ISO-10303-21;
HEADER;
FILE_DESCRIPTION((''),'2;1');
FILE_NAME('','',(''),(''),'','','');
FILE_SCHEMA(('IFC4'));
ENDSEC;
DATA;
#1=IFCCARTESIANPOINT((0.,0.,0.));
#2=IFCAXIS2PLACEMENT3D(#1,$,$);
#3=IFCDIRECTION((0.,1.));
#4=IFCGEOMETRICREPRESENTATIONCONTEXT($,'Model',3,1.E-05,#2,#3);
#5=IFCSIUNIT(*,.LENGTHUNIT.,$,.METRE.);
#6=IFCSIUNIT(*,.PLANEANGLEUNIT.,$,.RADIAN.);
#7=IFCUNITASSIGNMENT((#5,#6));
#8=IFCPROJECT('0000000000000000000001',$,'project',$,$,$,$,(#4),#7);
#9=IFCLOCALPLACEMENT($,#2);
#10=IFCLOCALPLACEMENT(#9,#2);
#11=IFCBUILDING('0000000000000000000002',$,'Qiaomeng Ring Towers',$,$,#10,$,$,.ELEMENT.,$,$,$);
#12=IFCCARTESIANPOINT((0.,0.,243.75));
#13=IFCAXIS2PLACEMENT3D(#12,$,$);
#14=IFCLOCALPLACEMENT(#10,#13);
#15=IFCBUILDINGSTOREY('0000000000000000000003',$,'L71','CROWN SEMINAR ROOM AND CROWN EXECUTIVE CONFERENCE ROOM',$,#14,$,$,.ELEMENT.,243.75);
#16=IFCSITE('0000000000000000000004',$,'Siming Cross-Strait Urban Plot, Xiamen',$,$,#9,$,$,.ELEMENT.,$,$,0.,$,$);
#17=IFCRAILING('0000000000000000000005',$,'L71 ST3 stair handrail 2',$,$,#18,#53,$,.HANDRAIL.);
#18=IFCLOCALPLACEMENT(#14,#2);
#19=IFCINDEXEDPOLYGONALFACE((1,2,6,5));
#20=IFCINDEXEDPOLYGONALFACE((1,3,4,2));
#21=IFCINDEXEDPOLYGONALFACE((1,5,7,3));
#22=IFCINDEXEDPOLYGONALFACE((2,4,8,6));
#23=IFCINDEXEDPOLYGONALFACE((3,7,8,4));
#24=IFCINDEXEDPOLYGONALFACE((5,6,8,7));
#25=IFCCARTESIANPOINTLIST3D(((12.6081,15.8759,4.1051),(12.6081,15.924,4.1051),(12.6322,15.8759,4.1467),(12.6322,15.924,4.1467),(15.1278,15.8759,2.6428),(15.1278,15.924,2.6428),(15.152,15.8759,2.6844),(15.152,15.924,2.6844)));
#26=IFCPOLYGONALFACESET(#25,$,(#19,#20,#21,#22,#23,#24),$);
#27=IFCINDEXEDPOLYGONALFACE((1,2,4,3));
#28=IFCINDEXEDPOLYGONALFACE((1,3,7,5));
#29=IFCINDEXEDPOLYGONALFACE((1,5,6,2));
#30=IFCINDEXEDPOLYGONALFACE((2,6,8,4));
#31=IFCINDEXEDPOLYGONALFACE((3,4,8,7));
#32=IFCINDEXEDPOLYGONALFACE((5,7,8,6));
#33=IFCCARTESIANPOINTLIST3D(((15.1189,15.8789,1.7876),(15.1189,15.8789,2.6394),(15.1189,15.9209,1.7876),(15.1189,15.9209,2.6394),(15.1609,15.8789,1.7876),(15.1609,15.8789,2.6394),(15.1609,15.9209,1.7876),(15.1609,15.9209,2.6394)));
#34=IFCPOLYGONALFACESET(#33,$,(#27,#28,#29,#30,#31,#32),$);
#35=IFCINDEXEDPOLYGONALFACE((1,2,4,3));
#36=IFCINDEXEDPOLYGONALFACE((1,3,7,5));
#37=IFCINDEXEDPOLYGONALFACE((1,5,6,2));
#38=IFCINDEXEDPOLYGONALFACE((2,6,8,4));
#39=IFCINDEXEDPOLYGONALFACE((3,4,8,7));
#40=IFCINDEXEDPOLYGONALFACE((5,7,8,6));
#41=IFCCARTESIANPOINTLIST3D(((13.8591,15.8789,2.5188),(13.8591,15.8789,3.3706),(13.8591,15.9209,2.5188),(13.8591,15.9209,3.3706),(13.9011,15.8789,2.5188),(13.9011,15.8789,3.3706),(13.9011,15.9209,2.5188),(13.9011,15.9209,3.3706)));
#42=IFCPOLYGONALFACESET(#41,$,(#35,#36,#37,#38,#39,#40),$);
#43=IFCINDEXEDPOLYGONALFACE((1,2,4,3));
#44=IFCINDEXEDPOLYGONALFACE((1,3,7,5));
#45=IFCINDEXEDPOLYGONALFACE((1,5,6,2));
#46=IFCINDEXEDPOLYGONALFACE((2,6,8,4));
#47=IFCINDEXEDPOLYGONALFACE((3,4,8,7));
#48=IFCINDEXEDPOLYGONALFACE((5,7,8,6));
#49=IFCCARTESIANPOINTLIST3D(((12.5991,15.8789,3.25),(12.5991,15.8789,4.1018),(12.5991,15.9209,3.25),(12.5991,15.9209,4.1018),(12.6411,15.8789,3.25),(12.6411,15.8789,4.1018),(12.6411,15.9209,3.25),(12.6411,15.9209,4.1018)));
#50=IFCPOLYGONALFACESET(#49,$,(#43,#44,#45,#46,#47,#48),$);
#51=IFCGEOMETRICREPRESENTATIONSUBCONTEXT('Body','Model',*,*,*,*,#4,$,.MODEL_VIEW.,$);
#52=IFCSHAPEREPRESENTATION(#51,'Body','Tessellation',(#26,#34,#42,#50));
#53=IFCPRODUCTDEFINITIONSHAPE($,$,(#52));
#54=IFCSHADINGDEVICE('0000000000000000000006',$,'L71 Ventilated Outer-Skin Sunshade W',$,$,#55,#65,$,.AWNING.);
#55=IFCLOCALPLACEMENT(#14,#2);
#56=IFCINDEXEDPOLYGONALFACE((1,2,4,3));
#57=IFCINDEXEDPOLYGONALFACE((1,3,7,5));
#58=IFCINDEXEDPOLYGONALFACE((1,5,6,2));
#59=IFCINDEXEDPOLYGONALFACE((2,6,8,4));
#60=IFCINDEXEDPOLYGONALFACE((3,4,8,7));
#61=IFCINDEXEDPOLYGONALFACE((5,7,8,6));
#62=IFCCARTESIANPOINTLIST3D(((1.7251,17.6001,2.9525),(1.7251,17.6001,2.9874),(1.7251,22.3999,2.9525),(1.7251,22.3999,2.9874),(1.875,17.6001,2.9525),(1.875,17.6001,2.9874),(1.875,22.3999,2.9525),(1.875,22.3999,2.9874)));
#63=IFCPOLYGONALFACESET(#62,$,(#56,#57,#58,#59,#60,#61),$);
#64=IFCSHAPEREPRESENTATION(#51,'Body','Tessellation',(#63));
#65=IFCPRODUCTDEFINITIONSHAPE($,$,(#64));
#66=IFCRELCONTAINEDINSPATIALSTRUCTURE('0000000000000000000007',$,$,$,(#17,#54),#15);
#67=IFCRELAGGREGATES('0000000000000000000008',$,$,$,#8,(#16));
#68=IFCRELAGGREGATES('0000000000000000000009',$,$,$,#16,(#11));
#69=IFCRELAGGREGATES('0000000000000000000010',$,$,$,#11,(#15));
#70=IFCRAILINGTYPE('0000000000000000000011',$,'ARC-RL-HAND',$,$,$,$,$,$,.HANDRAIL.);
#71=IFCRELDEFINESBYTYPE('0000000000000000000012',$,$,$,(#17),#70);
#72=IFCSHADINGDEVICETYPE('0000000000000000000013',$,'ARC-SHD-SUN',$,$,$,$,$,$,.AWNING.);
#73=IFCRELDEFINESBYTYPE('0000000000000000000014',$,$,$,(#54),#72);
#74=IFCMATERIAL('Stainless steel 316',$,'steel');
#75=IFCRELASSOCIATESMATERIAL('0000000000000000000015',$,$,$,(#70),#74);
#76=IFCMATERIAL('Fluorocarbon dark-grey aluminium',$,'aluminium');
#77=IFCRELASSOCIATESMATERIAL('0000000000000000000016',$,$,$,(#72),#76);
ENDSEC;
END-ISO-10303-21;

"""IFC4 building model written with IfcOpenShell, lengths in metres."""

from ifc_helpers import new_model, si_unit, direction, frame, origin, origin_2d, place, context, subcontext, project, spatial, rectangle, extrude, source, transform, mapped, material, material_profile, profile_set, type_object, element, save


model = new_model("IFC4")

# Units and contexts
model_context = context("Model", 3, precision=1e-05, world=origin(), true_north=direction((0.0, 1.0)))
body_context = subcontext(model_context, "Body", "Model", "MODEL_VIEW")
ifc_project = project(units=[si_unit("LENGTHUNIT", "METRE"), si_unit("PLANEANGLEUNIT", "RADIAN")], contexts=[model_context])

# Site, building, storey
site_placement = place(None, origin())
site = spatial("IfcSite", under=ifc_project, at=site_placement, Name="Siming Cross-Strait Urban Plot, Xiamen", CompositionType="ELEMENT", RefElevation=0.0)
building_placement = place(site_placement, origin())
building = spatial("IfcBuilding", under=site, at=building_placement, Name="Qiaomeng Ring Towers", CompositionType="ELEMENT")
storey_placement = place(building_placement, frame((0.0, 0.0, 243.75)))
storey = spatial("IfcBuildingStorey", under=building, at=storey_placement, Name="L71", Description="CROWN SEMINAR ROOM AND CROWN EXECUTIVE CONFERENCE ROOM", CompositionType="ELEMENT", Elevation=243.75)

# Shared definitions
ifc_material_1 = material(Name="Fluorocarbon dark-grey aluminium", Category="aluminium")

# Railing
ifc_material_2 = material(Name="Stainless steel 316", Category="steel")
railing_type_1 = type_object("IfcRailingType", Name="ARC-RL-HAND", PredefinedType="HANDRAIL", material=ifc_material_2)
railing_1_placement = place(storey_placement, frame((15.1399, 15.8999, 1.7876)))
element("IfcRailing", 1, at=railing_1_placement, inside=storey, type_object=railing_type_1, Name="L71 ST3 stair handrail 2", PredefinedType="HANDRAIL", context=body_context, shape_type="SweptSolid", body=[
    extrude(rectangle(XDim=0.0481, YDim=0.0481, at=origin_2d()), frame((0.0, 0.0, 0.876), z_axis=(-0.864892, 0.0, 0.501958), x_axis=(0.0, -1.0, 0.0)), (0.0, 0.0, 1.0), 2.9133),
    extrude(rectangle(XDim=0.042, YDim=0.042, at=origin_2d()), origin(), (0.0, 0.0, 1.0), 0.8518),
    extrude(rectangle(XDim=0.042, YDim=0.042, at=origin_2d()), frame((-1.2598, 0.0, 0.7312)), (0.0, 0.0, 1.0), 0.8518),
    extrude(rectangle(XDim=0.042, YDim=0.042, at=origin_2d()), frame((-2.5198, 0.0, 1.4624)), (0.0, 0.0, 1.0), 0.8518),
])

# Shading device
ifc_material_profile_1 = material_profile(ifc_material_1, rectangle(XDim=0.1499, YDim=0.0349, at=origin_2d()), Name="LV BLADE 150x35")
ifc_profile_set_1 = profile_set([ifc_material_profile_1], Name="Fluorocarbon dark-grey aluminium")
shading_device_type = type_object("IfcShadingDeviceType", Name="ARC-SHD-SUN", PredefinedType="AWNING", material=ifc_profile_set_1)
shared_shape_1 = source(origin(), body_context, "Body", "SweptSolid", [
    extrude(rectangle(XDim=0.1499, YDim=0.0349, at=origin_2d()), origin(), (0.0, 0.0, 1.0), 4.7998),
])
shading_device_placement = place(storey_placement, frame((1.8, 17.6001, 2.97), z_axis=(0.0, 1.0, 0.0), x_axis=(-1.0, 0.0, 0.0)))
element("IfcShadingDevice", 2, at=shading_device_placement, inside=storey, type_object=shading_device_type, Name="L71 Ventilated Outer-Skin Sunshade W", PredefinedType="AWNING", context=body_context, shape_type="MappedRepresentation", body=[
    mapped(shared_shape_1, transform((0.0, 0.0, 0.0), x_axis=(1.0, 0.0, 0.0), y_axis=(0.0, 1.0, 0.0), z_axis=(0.0, 0.0, 1.0), scale=1.0)),
])

save(model, "model.ifc")
